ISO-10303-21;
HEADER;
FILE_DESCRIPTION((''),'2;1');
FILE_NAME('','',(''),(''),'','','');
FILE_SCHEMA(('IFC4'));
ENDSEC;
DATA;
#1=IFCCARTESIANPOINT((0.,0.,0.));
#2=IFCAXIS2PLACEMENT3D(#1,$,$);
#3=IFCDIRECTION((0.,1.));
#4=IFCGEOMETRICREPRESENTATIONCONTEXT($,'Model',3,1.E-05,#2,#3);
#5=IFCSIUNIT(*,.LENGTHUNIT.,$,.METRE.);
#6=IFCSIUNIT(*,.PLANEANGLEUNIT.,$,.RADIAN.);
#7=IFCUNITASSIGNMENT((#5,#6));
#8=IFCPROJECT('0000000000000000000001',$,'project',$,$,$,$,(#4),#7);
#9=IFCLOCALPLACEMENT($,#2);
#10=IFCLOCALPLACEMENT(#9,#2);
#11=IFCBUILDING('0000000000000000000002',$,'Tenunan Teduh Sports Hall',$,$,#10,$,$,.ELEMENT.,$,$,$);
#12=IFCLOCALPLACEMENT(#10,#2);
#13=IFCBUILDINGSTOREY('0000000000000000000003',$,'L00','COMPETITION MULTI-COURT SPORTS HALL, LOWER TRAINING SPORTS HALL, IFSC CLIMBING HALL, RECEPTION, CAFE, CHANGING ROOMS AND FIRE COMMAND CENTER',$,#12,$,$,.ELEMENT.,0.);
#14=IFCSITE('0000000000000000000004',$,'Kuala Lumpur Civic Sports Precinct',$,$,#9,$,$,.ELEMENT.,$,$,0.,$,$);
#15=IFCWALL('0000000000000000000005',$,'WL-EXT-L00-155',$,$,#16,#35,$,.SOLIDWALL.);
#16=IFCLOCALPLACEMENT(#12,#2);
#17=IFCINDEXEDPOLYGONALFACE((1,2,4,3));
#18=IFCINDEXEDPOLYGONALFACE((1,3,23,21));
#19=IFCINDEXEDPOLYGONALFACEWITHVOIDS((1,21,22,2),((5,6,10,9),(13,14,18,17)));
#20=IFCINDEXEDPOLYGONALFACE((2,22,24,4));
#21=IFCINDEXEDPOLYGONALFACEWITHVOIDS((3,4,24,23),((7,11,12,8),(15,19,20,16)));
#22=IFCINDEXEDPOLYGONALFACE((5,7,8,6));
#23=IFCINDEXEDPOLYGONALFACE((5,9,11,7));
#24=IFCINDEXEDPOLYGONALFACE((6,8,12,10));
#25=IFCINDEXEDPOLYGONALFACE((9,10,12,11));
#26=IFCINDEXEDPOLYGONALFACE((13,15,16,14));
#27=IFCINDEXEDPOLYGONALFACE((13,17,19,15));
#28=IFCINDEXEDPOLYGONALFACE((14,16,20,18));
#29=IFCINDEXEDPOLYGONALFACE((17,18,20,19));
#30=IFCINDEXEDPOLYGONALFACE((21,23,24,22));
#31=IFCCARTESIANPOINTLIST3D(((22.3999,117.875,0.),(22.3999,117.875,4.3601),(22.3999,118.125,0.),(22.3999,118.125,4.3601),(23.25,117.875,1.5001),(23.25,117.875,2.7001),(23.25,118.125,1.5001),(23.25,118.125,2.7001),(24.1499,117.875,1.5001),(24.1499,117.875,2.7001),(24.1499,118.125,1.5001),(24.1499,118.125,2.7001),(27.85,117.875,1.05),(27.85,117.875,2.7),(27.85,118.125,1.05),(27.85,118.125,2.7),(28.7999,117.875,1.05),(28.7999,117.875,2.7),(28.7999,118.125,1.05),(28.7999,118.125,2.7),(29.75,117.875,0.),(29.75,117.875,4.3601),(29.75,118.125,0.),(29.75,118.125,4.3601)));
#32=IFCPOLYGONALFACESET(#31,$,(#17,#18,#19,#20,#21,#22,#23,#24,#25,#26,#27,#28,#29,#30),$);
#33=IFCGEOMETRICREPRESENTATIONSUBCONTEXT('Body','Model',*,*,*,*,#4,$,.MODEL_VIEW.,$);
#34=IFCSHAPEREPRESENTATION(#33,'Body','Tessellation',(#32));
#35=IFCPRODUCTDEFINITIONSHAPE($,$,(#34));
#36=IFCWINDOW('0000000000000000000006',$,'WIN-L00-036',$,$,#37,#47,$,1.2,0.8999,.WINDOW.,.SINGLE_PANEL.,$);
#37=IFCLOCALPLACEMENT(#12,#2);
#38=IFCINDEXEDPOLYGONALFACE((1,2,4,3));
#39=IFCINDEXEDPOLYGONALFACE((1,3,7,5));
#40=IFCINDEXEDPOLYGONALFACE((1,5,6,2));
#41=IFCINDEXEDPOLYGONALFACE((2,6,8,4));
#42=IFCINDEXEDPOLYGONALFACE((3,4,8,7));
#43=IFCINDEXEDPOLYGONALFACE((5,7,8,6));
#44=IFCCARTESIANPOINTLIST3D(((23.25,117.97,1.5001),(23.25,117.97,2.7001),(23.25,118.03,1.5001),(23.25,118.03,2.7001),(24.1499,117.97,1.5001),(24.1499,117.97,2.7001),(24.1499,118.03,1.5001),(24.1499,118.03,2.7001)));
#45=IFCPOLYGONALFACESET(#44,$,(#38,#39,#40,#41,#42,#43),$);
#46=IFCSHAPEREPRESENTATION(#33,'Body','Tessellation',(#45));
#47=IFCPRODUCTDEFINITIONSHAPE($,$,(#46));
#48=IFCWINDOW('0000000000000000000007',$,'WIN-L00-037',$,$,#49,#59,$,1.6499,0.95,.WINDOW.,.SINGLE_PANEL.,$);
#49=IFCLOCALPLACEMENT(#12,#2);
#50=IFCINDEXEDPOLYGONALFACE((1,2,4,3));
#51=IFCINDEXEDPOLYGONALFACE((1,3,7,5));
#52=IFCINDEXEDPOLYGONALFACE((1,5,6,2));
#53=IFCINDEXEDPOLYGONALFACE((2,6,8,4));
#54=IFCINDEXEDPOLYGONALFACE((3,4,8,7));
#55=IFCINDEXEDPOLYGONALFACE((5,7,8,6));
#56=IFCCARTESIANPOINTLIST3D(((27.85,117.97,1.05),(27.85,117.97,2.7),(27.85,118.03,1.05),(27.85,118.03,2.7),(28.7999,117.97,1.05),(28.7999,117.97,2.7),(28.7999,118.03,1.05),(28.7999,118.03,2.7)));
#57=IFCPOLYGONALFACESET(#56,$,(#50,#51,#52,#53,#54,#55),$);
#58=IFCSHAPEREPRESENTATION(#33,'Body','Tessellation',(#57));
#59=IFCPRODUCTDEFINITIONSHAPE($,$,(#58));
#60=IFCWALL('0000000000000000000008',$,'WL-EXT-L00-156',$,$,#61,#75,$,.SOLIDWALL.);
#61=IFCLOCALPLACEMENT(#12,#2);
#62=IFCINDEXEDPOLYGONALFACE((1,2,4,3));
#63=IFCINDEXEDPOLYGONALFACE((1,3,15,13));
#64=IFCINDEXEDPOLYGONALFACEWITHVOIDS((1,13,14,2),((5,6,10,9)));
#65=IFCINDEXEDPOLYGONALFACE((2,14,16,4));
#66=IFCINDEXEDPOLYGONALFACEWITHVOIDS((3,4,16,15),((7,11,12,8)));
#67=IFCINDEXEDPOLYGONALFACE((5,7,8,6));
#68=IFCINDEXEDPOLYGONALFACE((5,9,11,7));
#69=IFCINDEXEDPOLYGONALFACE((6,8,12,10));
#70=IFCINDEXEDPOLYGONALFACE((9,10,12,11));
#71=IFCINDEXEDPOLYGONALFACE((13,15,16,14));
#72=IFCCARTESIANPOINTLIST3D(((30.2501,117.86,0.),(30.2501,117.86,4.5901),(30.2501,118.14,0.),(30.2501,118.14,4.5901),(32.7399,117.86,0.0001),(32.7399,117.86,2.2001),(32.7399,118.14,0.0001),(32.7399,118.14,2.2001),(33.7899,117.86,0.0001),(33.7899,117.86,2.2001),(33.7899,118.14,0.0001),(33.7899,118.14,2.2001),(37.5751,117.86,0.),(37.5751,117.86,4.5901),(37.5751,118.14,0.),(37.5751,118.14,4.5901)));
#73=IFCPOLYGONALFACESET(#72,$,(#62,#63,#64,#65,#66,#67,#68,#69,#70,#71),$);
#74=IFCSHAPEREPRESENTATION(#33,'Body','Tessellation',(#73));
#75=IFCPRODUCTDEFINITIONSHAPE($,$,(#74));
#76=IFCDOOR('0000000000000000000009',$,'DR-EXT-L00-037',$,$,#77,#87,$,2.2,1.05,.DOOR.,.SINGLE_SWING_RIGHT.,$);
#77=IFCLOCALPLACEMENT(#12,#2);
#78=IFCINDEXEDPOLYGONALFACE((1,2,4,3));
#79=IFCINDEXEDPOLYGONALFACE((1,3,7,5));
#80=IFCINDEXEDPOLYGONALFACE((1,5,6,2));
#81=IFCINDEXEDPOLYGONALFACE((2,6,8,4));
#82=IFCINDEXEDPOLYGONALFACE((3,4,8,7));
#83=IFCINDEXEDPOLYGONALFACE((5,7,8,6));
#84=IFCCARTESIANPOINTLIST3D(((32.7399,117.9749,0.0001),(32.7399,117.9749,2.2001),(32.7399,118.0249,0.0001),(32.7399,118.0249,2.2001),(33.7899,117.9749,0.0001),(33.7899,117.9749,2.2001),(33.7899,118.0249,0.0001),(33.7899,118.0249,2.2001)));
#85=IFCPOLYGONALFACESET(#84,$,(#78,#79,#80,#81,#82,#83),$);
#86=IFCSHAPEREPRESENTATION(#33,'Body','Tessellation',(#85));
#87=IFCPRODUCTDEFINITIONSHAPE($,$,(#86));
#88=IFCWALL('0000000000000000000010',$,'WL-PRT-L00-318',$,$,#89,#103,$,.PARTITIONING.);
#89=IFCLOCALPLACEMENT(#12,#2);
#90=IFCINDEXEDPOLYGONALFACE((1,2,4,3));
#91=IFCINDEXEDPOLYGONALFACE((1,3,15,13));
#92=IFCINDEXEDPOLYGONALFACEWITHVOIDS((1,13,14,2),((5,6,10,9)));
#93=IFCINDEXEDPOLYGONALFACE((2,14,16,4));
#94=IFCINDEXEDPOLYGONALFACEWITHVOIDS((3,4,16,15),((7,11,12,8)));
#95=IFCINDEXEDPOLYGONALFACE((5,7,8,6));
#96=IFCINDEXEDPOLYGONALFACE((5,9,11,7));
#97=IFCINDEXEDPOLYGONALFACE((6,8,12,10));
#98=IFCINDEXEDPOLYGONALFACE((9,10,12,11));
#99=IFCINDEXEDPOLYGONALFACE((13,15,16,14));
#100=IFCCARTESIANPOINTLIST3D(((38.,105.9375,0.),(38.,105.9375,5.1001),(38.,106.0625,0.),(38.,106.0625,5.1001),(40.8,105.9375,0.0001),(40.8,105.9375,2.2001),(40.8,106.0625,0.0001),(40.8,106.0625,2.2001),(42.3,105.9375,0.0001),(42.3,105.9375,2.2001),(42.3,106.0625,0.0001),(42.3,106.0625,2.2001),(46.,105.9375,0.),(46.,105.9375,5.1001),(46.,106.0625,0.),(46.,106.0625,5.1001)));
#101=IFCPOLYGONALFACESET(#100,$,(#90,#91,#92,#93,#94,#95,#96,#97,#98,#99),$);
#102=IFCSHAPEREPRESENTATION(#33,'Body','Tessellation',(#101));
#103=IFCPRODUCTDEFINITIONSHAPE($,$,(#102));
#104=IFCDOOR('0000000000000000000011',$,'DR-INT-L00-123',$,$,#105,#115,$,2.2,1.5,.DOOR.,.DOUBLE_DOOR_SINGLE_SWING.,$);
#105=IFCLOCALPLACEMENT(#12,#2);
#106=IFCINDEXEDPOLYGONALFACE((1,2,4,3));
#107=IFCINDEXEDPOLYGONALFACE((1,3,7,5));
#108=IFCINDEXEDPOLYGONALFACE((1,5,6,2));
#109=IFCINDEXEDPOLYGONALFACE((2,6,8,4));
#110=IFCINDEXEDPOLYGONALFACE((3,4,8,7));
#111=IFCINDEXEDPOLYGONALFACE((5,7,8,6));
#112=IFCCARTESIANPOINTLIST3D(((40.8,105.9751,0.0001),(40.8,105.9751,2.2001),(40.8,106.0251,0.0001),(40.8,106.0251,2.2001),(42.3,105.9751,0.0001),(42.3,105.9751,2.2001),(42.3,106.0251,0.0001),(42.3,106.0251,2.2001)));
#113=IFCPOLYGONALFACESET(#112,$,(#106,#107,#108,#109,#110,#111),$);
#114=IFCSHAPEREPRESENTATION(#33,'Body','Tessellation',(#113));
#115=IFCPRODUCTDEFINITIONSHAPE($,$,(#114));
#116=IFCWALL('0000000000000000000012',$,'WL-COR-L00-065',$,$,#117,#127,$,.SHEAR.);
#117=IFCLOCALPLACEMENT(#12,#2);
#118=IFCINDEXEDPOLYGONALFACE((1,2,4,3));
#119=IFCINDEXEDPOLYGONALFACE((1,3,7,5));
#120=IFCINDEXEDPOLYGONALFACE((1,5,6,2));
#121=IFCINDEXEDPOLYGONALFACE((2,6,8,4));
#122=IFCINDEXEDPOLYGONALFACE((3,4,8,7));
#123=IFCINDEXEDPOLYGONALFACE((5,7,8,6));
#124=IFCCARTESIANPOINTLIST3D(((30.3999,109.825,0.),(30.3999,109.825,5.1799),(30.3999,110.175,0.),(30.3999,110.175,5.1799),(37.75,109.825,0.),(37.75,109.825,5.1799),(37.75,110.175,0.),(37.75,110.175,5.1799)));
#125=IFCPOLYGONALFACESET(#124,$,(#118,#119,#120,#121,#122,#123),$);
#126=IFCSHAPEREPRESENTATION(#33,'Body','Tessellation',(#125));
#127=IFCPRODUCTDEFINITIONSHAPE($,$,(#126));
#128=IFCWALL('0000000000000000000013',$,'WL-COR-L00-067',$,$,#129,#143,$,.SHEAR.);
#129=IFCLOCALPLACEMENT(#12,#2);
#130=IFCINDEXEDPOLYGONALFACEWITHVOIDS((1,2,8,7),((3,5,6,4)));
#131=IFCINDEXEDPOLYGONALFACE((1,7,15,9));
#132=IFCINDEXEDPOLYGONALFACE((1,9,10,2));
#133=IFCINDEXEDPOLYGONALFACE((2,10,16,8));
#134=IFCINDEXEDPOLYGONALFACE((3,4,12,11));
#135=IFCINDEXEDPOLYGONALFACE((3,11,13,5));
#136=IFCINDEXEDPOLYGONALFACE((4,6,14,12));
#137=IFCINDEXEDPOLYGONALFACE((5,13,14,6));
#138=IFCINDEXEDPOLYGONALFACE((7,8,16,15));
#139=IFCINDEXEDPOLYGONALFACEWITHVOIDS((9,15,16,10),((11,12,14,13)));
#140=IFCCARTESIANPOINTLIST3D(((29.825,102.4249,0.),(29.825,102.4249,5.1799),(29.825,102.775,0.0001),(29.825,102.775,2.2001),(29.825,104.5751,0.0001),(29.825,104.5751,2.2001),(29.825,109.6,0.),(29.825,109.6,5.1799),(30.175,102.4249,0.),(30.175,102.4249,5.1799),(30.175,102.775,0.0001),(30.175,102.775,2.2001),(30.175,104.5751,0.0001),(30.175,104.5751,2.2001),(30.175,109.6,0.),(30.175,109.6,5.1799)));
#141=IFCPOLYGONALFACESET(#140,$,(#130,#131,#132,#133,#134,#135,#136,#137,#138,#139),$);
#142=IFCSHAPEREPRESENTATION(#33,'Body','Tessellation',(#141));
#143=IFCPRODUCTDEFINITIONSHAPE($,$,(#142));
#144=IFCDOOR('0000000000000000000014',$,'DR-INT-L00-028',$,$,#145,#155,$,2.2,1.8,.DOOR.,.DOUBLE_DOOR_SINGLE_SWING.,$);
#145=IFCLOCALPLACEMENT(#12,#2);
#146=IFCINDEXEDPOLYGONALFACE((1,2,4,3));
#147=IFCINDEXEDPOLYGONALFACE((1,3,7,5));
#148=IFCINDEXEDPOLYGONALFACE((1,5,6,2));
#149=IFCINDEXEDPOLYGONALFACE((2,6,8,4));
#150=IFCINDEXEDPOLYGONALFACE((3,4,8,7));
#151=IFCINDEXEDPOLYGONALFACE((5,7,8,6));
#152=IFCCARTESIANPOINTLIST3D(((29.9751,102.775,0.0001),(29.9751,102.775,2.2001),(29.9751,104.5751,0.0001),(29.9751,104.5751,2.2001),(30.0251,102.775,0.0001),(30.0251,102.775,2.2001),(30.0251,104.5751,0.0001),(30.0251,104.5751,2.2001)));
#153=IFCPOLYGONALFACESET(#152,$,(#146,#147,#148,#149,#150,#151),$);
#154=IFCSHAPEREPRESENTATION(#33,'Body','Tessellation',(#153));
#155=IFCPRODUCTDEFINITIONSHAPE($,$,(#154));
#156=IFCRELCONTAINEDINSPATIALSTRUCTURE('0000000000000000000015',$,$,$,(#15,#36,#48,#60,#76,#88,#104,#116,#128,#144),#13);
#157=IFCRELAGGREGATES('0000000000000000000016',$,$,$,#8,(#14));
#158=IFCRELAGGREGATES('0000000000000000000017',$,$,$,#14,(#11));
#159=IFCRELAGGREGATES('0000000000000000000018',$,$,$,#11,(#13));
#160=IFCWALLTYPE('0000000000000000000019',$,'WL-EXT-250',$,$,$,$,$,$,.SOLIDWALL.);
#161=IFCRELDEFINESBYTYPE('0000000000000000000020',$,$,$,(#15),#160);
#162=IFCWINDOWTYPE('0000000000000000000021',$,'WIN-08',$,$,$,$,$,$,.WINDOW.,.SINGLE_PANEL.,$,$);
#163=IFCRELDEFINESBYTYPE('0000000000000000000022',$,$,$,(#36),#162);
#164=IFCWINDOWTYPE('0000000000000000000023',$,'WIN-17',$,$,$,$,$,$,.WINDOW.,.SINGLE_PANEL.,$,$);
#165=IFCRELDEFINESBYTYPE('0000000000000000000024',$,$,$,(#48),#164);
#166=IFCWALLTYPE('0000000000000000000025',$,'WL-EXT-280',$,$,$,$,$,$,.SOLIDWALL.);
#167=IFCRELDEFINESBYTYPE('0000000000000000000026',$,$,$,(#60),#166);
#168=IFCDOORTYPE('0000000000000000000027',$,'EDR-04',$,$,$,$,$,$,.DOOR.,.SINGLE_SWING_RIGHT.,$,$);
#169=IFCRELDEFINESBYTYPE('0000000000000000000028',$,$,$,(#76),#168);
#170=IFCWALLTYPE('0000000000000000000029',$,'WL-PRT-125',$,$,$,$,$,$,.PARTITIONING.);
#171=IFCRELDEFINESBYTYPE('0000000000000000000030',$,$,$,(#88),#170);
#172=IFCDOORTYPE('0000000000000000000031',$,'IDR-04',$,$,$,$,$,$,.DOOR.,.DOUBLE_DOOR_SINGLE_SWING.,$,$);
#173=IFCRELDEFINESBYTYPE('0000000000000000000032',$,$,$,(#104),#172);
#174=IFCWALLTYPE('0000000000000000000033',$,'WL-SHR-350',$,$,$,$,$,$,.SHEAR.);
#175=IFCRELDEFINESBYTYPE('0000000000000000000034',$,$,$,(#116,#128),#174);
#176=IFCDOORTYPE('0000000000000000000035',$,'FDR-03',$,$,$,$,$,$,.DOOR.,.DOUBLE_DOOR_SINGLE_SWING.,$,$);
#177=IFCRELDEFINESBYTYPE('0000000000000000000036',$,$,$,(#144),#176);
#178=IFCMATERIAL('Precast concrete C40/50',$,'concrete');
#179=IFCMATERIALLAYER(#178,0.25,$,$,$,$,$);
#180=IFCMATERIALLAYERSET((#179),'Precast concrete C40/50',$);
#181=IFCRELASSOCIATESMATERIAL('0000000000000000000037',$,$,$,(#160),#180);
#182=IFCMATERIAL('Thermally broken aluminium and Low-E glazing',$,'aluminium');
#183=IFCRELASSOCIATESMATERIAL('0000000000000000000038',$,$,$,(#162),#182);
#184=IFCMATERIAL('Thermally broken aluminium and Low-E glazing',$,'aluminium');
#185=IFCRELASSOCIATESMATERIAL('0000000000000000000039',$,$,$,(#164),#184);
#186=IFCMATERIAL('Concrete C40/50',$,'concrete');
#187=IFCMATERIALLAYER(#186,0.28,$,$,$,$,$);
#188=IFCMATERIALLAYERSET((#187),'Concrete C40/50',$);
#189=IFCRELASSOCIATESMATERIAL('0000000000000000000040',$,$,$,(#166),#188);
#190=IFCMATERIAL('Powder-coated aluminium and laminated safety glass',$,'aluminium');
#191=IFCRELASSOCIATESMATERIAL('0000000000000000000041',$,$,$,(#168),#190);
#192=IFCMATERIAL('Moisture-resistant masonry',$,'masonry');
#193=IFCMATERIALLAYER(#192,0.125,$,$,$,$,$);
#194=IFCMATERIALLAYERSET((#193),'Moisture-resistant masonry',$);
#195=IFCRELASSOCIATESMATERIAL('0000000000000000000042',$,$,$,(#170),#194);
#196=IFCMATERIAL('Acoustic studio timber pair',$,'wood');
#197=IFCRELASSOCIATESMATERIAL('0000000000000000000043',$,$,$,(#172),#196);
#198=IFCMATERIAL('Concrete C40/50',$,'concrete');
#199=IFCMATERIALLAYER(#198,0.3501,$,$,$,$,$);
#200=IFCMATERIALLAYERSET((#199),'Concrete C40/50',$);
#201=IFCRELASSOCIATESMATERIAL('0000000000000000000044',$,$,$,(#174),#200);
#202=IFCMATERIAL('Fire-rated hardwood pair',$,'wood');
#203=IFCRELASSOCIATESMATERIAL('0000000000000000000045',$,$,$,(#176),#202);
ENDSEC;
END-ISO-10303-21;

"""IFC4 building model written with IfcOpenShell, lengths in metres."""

from ifc_helpers import new_model, si_unit, direction, frame, frame_2d, origin, place, context, subcontext, project, spatial, rectangle, extrude, material, layer, layer_set, type_object, element, fill, save


model = new_model("IFC4")

# Units and contexts
model_context = context("Model", 3, precision=1e-05, world=origin(), true_north=direction((0.0, 1.0)))
body_context = subcontext(model_context, "Body", "Model", "MODEL_VIEW")
ifc_project = project(units=[si_unit("LENGTHUNIT", "METRE"), si_unit("PLANEANGLEUNIT", "RADIAN")], contexts=[model_context])

# Site, building, storey
site_placement = place(None, origin())
site = spatial("IfcSite", under=ifc_project, at=site_placement, Name="Kuala Lumpur Civic Sports Precinct", CompositionType="ELEMENT", RefElevation=0.0)
building_placement = place(site_placement, origin())
building = spatial("IfcBuilding", under=site, at=building_placement, Name="Tenunan Teduh Sports Hall", CompositionType="ELEMENT")
storey_placement = place(building_placement, origin())
storey = spatial("IfcBuildingStorey", under=building, at=storey_placement, Name="L00", Description="COMPETITION MULTI-COURT SPORTS HALL, LOWER TRAINING SPORTS HALL, IFSC CLIMBING HALL, RECEPTION, CAFE, CHANGING ROOMS AND FIRE COMMAND CENTER", CompositionType="ELEMENT", Elevation=0.0)

# Wall, openings, windows
ifc_material_1 = material(Name="Precast concrete C40/50", Category="concrete")
ifc_layer_1 = layer(ifc_material_1, 0.25)
ifc_layer_set_1 = layer_set([ifc_layer_1], Name="Precast concrete C40/50")
wall_type_1 = type_object("IfcWallType", Name="WL-EXT-250", PredefinedType="SOLIDWALL", material=ifc_layer_set_1)
wall_1_placement = place(storey_placement, frame((22.3999, 118.0, 0.0), z_axis=(0.0, 0.0, 1.0), x_axis=(1.0, 0.0, 0.0)))
wall_1 = element("IfcWall", 1, at=wall_1_placement, inside=storey, type_object=wall_type_1, Name="WL-EXT-L00-155", PredefinedType="SOLIDWALL", context=body_context, shape_type="SweptSolid", body=[
    extrude(rectangle(XDim=7.3501, YDim=0.25, at=frame_2d((3.675, 0.0))), origin(), (0.0, 0.0, 1.0), 4.3601),
])
opening_1_placement = place(wall_1_placement, frame((0.8501, 0.0, 1.5)))
opening_1 = element("IfcOpeningElement", 2, at=opening_1_placement, cuts=wall_1, PredefinedType="OPENING", context=body_context, shape_type="SweptSolid", body=[
    extrude(rectangle(XDim=0.8999, YDim=1.2, at=frame_2d((0.45, 0.6001))), frame((0.0, 0.135, 0.0), z_axis=(0.0, -1.0, 0.0), x_axis=(1.0, 0.0, 0.0)), (0.0, 0.0, 1.0), 0.27),
])
opening_2_placement = place(wall_1_placement, frame((5.45, 0.0, 1.05)))
opening_2 = element("IfcOpeningElement", 3, at=opening_2_placement, cuts=wall_1, PredefinedType="OPENING", context=body_context, shape_type="SweptSolid", body=[
    extrude(rectangle(XDim=0.95, YDim=1.6499, at=frame_2d((0.4751, 0.825))), frame((0.0, 0.135, 0.0), z_axis=(0.0, -1.0, 0.0), x_axis=(1.0, 0.0, 0.0)), (0.0, 0.0, 1.0), 0.27),
])
ifc_material_2 = material(Name="Thermally broken aluminium and Low-E glazing", Category="aluminium")
window_type_1 = type_object("IfcWindowType", Name="WIN-08", PartitioningType="SINGLE_PANEL", PredefinedType="WINDOW", material=ifc_material_2)
window_1_placement = place(opening_1_placement, origin())
window_1 = element("IfcWindow", 4, at=window_1_placement, inside=storey, type_object=window_type_1, Name="WIN-L00-036", OverallHeight=1.2, OverallWidth=0.8999, PartitioningType="SINGLE_PANEL", PredefinedType="WINDOW", context=body_context, shape_type="SweptSolid", body=[
    extrude(rectangle(XDim=0.8999, YDim=1.2, at=frame_2d((0.45, 0.6001))), frame((0.0, 0.03, 0.0), z_axis=(0.0, -1.0, 0.0), x_axis=(1.0, 0.0, 0.0)), (0.0, 0.0, 1.0), 0.0601),
])
fill(opening_1, window_1)
ifc_material_3 = material(Name="Thermally broken aluminium and Low-E glazing", Category="aluminium")
window_type_2 = type_object("IfcWindowType", Name="WIN-17", PartitioningType="SINGLE_PANEL", PredefinedType="WINDOW", material=ifc_material_3)
window_2_placement = place(opening_2_placement, origin())
window_2 = element("IfcWindow", 5, at=window_2_placement, inside=storey, type_object=window_type_2, Name="WIN-L00-037", OverallHeight=1.6499, OverallWidth=0.95, PartitioningType="SINGLE_PANEL", PredefinedType="WINDOW", context=body_context, shape_type="SweptSolid", body=[
    extrude(rectangle(XDim=0.95, YDim=1.6499, at=frame_2d((0.4751, 0.825))), frame((0.0, 0.03, 0.0), z_axis=(0.0, -1.0, 0.0), x_axis=(1.0, 0.0, 0.0)), (0.0, 0.0, 1.0), 0.0601),
])
fill(opening_2, window_2)

# Walls, openings, doors
ifc_material_4 = material(Name="Concrete C40/50", Category="concrete")
ifc_layer_2 = layer(ifc_material_4, 0.28)
ifc_layer_set_2 = layer_set([ifc_layer_2], Name="Concrete C40/50")
wall_type_2 = type_object("IfcWallType", Name="WL-EXT-280", PredefinedType="SOLIDWALL", material=ifc_layer_set_2)
wall_2_placement = place(storey_placement, frame((30.25, 118.0, 0.0), z_axis=(0.0, 0.0, 1.0), x_axis=(1.0, 0.0, 0.0)))
wall_2 = element("IfcWall", 6, at=wall_2_placement, inside=storey, type_object=wall_type_2, Name="WL-EXT-L00-156", PredefinedType="SOLIDWALL", context=body_context, shape_type="SweptSolid", body=[
    extrude(rectangle(XDim=7.325, YDim=0.28, at=frame_2d((3.6626, 0.0))), origin(), (0.0, 0.0, 1.0), 4.5901),
])
opening_3_placement = place(wall_2_placement, frame((2.49, 0.0, 0.0)))
opening_3 = element("IfcOpeningElement", 7, at=opening_3_placement, cuts=wall_2, PredefinedType="OPENING", context=body_context, shape_type="SweptSolid", body=[
    extrude(rectangle(XDim=1.05, YDim=2.2, at=frame_2d((0.5249, 1.1001))), frame((0.0, 0.1499, 0.0), z_axis=(0.0, -1.0, 0.0), x_axis=(1.0, 0.0, 0.0)), (0.0, 0.0, 1.0), 0.3),
])
ifc_material_5 = material(Name="Powder-coated aluminium and laminated safety glass", Category="aluminium")
door_type_1 = type_object("IfcDoorType", Name="EDR-04", OperationType="SINGLE_SWING_RIGHT", PredefinedType="DOOR", material=ifc_material_5)
door_1_placement = place(opening_3_placement, origin())
door_1 = element("IfcDoor", 8, at=door_1_placement, inside=storey, type_object=door_type_1, Name="DR-EXT-L00-037", OperationType="SINGLE_SWING_RIGHT", OverallHeight=2.2, OverallWidth=1.05, PredefinedType="DOOR", context=body_context, shape_type="SweptSolid", body=[
    extrude(rectangle(XDim=1.05, YDim=2.2, at=frame_2d((0.5249, 1.1001))), frame((0.0, 0.0249, 0.0), z_axis=(0.0, -1.0, 0.0), x_axis=(1.0, 0.0, 0.0)), (0.0, 0.0, 1.0), 0.05),
])
fill(opening_3, door_1)
ifc_material_6 = material(Name="Moisture-resistant masonry", Category="masonry")
ifc_layer_3 = layer(ifc_material_6, 0.125)
ifc_layer_set_3 = layer_set([ifc_layer_3], Name="Moisture-resistant masonry")
wall_type_3 = type_object("IfcWallType", Name="WL-PRT-125", PredefinedType="PARTITIONING", material=ifc_layer_set_3)
wall_3_placement = place(storey_placement, frame((38.0, 106.0, 0.0), z_axis=(0.0, 0.0, 1.0), x_axis=(1.0, 0.0, 0.0)))
wall_3 = element("IfcWall", 9, at=wall_3_placement, inside=storey, type_object=wall_type_3, Name="WL-PRT-L00-318", PredefinedType="PARTITIONING", context=body_context, shape_type="SweptSolid", body=[
    extrude(rectangle(XDim=8.0, YDim=0.125, at=frame_2d((4.0, 0.0))), origin(), (0.0, 0.0, 1.0), 5.1001),
])
opening_4_placement = place(wall_3_placement, frame((2.8, 0.0, 0.0)))
opening_4 = element("IfcOpeningElement", 10, at=opening_4_placement, cuts=wall_3, PredefinedType="OPENING", context=body_context, shape_type="SweptSolid", body=[
    extrude(rectangle(XDim=1.5, YDim=2.2, at=frame_2d((0.75, 1.1001))), frame((0.0, 0.0725, 0.0), z_axis=(0.0, -1.0, 0.0), x_axis=(1.0, 0.0, 0.0)), (0.0, 0.0, 1.0), 0.145),
])
ifc_material_7 = material(Name="Acoustic studio timber pair", Category="wood")
door_type_2 = type_object("IfcDoorType", Name="IDR-04", OperationType="DOUBLE_DOOR_SINGLE_SWING", PredefinedType="DOOR", material=ifc_material_7)
door_2_placement = place(opening_4_placement, frame((1.5, 0.0, 0.0), z_axis=(0.0, 0.0, 1.0), x_axis=(-1.0, 0.0, 0.0)))
door_2 = element("IfcDoor", 11, at=door_2_placement, inside=storey, type_object=door_type_2, Name="DR-INT-L00-123", OperationType="DOUBLE_DOOR_SINGLE_SWING", OverallHeight=2.2, OverallWidth=1.5, PredefinedType="DOOR", context=body_context, shape_type="SweptSolid", body=[
    extrude(rectangle(XDim=1.5, YDim=2.2, at=frame_2d((0.75, 1.1001))), frame((0.0, 0.0249, 0.0), z_axis=(0.0, -1.0, 0.0), x_axis=(1.0, 0.0, 0.0)), (0.0, 0.0, 1.0), 0.05),
])
fill(opening_4, door_2)

# Wall
ifc_material_8 = material(Name="Concrete C40/50", Category="concrete")
ifc_layer_4 = layer(ifc_material_8, 0.3501)
ifc_layer_set_4 = layer_set([ifc_layer_4], Name="Concrete C40/50")
wall_type_4 = type_object("IfcWallType", Name="WL-SHR-350", PredefinedType="SHEAR", material=ifc_layer_set_4)
wall_4_placement = place(storey_placement, frame((30.3999, 110.0, 0.0), z_axis=(0.0, 0.0, 1.0), x_axis=(1.0, 0.0, 0.0)))
element("IfcWall", 12, at=wall_4_placement, inside=storey, type_object=wall_type_4, Name="WL-COR-L00-065", PredefinedType="SHEAR", context=body_context, shape_type="SweptSolid", body=[
    extrude(rectangle(XDim=7.3501, YDim=0.3501, at=frame_2d((3.675, 0.0))), origin(), (0.0, 0.0, 1.0), 5.1799),
])

# Wall, opening, door
wall_5_placement = place(storey_placement, frame((30.0, 102.425, 0.0), z_axis=(0.0, 0.0, 1.0), x_axis=(0.0, 1.0, 0.0)))
wall_5 = element("IfcWall", 13, at=wall_5_placement, inside=storey, type_object=wall_type_4, Name="WL-COR-L00-067", PredefinedType="SHEAR", context=body_context, shape_type="SweptSolid", body=[
    extrude(rectangle(XDim=7.175, YDim=0.3501, at=frame_2d((3.5874, 0.0))), origin(), (0.0, 0.0, 1.0), 5.1799),
])
opening_5_placement = place(wall_5_placement, frame((0.3501, 0.0, 0.0)))
opening_5 = element("IfcOpeningElement", 14, at=opening_5_placement, cuts=wall_5, PredefinedType="OPENING", context=body_context, shape_type="SweptSolid", body=[
    extrude(rectangle(XDim=1.8, YDim=2.2, at=frame_2d((0.8999, 1.1001))), frame((0.0, 0.1851, 0.0), z_axis=(0.0, -1.0, 0.0), x_axis=(1.0, 0.0, 0.0)), (0.0, 0.0, 1.0), 0.3701),
])
ifc_material_9 = material(Name="Fire-rated hardwood pair", Category="wood")
door_type_3 = type_object("IfcDoorType", Name="FDR-03", OperationType="DOUBLE_DOOR_SINGLE_SWING", PredefinedType="DOOR", material=ifc_material_9)
door_3_placement = place(opening_5_placement, origin())
door_3 = element("IfcDoor", 15, at=door_3_placement, inside=storey, type_object=door_type_3, Name="DR-INT-L00-028", OperationType="DOUBLE_DOOR_SINGLE_SWING", OverallHeight=2.2, OverallWidth=1.8, PredefinedType="DOOR", context=body_context, shape_type="SweptSolid", body=[
    extrude(rectangle(XDim=1.8, YDim=2.2, at=frame_2d((0.8999, 1.1001))), frame((0.0, 0.0249, 0.0), z_axis=(0.0, -1.0, 0.0), x_axis=(1.0, 0.0, 0.0)), (0.0, 0.0, 1.0), 0.05),
])
fill(opening_5, door_3)

save(model, "model.ifc")
